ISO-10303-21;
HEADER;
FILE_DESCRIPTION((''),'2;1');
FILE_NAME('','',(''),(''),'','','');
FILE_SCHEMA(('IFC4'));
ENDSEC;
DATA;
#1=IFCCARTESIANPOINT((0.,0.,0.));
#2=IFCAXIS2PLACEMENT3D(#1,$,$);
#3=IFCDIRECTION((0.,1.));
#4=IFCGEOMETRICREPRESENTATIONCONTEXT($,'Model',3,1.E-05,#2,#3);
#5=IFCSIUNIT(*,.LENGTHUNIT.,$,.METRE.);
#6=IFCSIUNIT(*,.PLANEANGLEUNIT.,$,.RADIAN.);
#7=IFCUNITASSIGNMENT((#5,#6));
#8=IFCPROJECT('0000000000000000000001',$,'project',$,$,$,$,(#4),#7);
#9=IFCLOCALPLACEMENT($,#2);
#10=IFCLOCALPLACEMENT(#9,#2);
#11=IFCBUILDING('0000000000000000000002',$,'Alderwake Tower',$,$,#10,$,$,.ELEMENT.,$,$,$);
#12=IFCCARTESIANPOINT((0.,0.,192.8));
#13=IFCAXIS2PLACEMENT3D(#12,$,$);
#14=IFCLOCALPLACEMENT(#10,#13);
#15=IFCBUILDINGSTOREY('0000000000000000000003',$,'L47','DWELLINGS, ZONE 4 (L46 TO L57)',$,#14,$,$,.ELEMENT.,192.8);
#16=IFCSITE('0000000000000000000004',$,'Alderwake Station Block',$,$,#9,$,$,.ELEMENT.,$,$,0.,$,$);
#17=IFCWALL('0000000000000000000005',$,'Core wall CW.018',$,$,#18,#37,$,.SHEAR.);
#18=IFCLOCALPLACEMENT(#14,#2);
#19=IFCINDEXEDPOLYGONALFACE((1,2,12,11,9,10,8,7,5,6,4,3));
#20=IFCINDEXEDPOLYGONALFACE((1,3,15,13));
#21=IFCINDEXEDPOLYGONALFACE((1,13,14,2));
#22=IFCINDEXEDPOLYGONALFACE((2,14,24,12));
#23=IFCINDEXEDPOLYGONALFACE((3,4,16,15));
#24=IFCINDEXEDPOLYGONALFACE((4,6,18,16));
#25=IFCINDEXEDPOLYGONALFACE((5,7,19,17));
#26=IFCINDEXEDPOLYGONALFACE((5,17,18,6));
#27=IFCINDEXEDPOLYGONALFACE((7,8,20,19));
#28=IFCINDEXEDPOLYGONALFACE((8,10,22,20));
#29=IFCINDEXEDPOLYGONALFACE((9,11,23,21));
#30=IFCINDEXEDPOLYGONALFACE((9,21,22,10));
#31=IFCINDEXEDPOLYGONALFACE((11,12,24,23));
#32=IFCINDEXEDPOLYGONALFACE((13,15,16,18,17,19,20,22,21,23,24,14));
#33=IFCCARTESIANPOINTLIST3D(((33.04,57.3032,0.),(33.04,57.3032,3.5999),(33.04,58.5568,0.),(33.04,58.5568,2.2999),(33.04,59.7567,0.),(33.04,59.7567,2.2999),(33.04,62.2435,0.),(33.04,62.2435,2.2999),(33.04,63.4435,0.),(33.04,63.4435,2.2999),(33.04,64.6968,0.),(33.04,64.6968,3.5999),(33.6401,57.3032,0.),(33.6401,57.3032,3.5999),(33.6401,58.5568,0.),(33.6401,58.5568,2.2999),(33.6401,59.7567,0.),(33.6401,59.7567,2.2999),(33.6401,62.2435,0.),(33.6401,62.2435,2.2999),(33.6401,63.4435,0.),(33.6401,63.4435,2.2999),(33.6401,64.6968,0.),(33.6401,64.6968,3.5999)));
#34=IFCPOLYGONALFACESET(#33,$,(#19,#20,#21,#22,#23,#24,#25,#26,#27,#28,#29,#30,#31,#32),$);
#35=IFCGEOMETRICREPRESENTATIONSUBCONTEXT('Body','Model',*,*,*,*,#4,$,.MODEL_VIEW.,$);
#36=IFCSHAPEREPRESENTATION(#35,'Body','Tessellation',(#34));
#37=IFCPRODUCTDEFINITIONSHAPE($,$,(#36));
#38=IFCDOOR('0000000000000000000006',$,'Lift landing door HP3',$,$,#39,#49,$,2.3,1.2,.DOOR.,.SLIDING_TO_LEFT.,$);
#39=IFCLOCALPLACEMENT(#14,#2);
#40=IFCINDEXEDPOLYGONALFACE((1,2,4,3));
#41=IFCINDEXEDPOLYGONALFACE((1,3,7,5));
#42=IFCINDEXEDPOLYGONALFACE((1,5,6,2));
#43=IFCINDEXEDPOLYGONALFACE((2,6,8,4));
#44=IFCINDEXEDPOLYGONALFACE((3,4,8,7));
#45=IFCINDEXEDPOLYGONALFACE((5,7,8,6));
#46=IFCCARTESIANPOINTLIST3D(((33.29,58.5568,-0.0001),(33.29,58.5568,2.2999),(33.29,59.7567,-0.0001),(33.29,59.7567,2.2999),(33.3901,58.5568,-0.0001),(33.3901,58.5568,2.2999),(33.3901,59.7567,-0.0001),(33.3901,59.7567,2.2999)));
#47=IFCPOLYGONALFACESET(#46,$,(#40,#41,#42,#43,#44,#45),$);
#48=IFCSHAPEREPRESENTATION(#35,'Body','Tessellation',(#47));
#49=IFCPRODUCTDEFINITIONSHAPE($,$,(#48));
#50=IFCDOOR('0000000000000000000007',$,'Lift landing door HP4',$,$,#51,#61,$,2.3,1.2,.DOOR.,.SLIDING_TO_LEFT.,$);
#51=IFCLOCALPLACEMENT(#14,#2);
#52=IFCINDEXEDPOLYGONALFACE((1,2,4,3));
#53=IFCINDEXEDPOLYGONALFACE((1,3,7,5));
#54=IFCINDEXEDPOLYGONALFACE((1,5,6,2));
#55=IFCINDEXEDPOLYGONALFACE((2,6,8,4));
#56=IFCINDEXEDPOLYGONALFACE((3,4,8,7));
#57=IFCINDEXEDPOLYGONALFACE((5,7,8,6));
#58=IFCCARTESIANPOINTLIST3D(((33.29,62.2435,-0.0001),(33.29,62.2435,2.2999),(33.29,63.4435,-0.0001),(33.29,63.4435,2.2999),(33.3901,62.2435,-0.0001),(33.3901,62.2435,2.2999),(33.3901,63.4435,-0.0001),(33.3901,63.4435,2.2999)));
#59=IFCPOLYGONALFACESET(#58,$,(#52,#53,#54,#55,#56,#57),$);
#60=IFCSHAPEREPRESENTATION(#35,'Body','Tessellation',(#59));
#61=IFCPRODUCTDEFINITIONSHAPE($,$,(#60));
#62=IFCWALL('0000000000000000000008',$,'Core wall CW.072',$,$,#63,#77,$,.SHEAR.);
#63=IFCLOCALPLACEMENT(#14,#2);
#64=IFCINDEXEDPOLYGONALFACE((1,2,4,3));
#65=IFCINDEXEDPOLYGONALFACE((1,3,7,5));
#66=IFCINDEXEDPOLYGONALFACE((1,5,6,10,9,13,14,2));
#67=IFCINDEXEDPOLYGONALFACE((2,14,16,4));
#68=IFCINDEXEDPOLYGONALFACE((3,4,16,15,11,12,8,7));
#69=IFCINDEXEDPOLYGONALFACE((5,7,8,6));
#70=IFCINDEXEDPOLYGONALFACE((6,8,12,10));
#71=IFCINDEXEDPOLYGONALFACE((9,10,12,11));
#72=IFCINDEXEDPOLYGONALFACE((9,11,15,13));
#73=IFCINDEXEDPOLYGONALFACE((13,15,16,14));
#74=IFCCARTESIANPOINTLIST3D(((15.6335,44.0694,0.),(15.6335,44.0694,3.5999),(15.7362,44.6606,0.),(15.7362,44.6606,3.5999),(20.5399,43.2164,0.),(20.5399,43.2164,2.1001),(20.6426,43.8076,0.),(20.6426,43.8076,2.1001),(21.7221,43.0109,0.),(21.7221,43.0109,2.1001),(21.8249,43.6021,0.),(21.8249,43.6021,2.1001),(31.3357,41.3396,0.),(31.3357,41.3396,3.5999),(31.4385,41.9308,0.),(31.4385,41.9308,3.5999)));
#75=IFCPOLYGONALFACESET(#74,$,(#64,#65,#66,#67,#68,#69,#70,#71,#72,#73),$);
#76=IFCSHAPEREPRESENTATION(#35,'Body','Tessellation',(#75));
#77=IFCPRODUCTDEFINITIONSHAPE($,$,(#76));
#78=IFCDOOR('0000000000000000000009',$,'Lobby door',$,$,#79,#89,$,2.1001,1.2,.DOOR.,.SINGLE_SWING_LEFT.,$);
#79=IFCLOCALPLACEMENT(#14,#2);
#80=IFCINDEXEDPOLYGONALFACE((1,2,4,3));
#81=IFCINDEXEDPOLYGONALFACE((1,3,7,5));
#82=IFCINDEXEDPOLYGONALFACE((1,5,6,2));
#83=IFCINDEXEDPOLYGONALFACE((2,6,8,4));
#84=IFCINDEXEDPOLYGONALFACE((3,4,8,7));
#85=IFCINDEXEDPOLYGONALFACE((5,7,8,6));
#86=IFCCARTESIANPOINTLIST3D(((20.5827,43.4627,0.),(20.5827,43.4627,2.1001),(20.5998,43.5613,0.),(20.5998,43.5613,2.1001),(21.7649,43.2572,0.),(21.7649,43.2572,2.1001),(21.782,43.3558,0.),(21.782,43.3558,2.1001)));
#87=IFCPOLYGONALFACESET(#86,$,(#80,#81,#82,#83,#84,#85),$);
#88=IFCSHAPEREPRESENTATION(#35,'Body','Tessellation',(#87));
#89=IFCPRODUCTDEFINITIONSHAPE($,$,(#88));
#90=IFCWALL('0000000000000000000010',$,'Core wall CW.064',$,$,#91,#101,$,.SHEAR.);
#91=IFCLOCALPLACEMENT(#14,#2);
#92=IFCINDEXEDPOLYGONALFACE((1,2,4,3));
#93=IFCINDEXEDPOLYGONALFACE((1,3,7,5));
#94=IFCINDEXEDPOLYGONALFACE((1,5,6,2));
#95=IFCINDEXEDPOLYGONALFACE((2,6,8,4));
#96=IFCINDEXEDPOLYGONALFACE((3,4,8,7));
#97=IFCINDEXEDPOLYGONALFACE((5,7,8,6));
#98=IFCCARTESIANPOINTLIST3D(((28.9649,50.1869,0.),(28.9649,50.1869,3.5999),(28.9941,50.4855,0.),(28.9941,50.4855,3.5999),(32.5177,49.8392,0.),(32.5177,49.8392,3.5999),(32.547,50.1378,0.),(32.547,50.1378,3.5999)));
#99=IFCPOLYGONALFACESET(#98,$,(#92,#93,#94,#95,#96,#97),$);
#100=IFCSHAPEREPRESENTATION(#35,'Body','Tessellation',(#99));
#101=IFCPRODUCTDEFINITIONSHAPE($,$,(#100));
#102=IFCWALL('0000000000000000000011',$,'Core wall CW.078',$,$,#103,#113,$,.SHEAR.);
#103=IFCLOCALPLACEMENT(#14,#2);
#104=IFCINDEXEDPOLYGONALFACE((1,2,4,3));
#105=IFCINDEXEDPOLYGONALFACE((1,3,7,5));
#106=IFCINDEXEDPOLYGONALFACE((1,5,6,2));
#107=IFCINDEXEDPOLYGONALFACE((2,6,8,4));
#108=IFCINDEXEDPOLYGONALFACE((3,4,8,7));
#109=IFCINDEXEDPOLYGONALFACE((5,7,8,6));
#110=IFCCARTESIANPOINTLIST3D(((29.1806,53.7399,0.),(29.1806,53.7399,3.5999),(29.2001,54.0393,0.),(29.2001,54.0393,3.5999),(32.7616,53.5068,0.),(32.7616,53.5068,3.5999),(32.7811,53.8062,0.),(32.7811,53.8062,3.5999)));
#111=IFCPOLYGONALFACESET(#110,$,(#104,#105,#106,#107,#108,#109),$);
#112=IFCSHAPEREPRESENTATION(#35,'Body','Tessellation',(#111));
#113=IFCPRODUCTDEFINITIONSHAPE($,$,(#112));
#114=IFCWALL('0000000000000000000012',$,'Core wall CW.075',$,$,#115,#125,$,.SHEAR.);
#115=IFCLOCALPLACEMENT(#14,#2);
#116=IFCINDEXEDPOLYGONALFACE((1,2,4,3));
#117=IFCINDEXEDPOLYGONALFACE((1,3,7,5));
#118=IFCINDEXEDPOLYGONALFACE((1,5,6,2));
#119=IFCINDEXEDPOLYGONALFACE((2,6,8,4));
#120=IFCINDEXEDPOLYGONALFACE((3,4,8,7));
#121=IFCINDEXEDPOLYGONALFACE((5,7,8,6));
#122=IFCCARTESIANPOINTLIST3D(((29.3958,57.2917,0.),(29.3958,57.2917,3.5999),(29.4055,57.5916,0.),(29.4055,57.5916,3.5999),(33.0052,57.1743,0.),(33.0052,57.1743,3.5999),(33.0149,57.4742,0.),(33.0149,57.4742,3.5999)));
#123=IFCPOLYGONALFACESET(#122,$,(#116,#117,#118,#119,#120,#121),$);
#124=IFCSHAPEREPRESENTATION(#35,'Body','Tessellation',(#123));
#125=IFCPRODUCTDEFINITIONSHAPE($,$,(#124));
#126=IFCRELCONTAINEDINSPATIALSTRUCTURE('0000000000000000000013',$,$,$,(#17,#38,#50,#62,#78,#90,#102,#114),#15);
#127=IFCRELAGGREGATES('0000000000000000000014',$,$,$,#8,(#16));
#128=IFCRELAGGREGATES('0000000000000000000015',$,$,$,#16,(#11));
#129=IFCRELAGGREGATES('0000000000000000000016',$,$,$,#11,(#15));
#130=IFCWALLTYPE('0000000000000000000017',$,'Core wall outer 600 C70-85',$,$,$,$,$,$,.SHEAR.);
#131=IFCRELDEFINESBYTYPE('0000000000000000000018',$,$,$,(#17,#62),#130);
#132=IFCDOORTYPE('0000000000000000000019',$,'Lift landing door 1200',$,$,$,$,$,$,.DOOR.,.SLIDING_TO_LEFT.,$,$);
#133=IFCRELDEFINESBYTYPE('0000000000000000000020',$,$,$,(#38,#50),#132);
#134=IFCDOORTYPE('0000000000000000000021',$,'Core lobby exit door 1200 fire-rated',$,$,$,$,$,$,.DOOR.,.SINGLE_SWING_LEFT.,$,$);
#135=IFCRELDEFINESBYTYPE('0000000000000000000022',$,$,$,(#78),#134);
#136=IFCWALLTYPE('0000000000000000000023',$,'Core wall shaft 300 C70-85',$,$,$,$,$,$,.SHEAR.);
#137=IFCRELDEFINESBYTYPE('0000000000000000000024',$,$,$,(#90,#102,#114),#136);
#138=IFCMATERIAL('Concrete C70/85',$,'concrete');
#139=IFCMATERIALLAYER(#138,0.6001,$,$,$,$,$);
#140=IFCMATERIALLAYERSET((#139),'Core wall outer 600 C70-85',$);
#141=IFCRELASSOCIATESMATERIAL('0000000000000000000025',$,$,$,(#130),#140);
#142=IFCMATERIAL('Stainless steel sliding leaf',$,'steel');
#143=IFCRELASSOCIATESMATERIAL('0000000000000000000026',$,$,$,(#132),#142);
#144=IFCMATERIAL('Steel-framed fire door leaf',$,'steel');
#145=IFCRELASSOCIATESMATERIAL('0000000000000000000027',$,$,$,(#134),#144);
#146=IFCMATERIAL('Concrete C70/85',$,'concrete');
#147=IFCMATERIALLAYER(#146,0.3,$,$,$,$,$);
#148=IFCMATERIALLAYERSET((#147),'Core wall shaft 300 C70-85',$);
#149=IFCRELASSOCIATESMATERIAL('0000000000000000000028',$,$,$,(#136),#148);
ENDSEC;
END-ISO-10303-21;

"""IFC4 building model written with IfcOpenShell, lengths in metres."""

from ifc_helpers import new_model, si_unit, direction, frame, frame_2d, origin, place, context, subcontext, project, spatial, rectangle, extrude, material, layer, layer_set, type_object, element, fill, save


model = new_model("IFC4")

# Units and contexts
model_context = context("Model", 3, precision=1e-05, world=origin(), true_north=direction((0.0, 1.0)))
body_context = subcontext(model_context, "Body", "Model", "MODEL_VIEW")
ifc_project = project(units=[si_unit("LENGTHUNIT", "METRE"), si_unit("PLANEANGLEUNIT", "RADIAN")], contexts=[model_context])

# Site, building, storey
site_placement = place(None, origin())
site = spatial("IfcSite", under=ifc_project, at=site_placement, Name="Alderwake Station Block", CompositionType="ELEMENT", RefElevation=0.0)
building_placement = place(site_placement, origin())
building = spatial("IfcBuilding", under=site, at=building_placement, Name="Alderwake Tower", CompositionType="ELEMENT")
storey_placement = place(building_placement, frame((0.0, 0.0, 192.8)))
storey = spatial("IfcBuildingStorey", under=building, at=storey_placement, Name="L47", Description="DWELLINGS, ZONE 4 (L46 TO L57)", CompositionType="ELEMENT", Elevation=192.8)

# Shared definitions
ifc_material_1 = material(Name="Concrete C70/85", Category="concrete")
ifc_layer_1 = layer(ifc_material_1, 0.6001)
ifc_layer_set_1 = layer_set([ifc_layer_1], Name="Core wall outer 600 C70-85")
wall_type_1 = type_object("IfcWallType", Name="Core wall outer 600 C70-85", PredefinedType="SHEAR", material=ifc_layer_set_1)

# Wall, openings, doors
ifc_material_2 = material(Name="Stainless steel sliding leaf", Category="steel")
door_type_1 = type_object("IfcDoorType", Name="Lift landing door 1200", OperationType="SLIDING_TO_LEFT", PredefinedType="DOOR", material=ifc_material_2)
wall_1_placement = place(storey_placement, frame((33.3401, 57.3032, 0.0), z_axis=(0.0, 0.0, 1.0), x_axis=(0.0, 1.0, 0.0)))
wall_1 = element("IfcWall", 1, at=wall_1_placement, inside=storey, type_object=wall_type_1, Name="Core wall CW.018", PredefinedType="SHEAR", context=body_context, shape_type="SweptSolid", body=[
    extrude(rectangle(XDim=7.3936, YDim=0.6001, at=frame_2d((3.6968, 0.0))), origin(), (0.0, 0.0, 1.0), 3.5999),
])
opening_1_placement = place(wall_1_placement, frame((1.2534, 0.0, 0.0)))
opening_1 = element("IfcOpeningElement", 2, at=opening_1_placement, cuts=wall_1, PredefinedType="OPENING", context=body_context, shape_type="SweptSolid", body=[
    extrude(rectangle(XDim=1.2, YDim=2.3, at=frame_2d((0.6001, 1.1499))), frame((0.0, 0.3101, 0.0), z_axis=(0.0, -1.0, 0.0), x_axis=(1.0, 0.0, 0.0)), (0.0, 0.0, 1.0), 0.6201),
])
opening_2_placement = place(wall_1_placement, frame((4.9402, 0.0, 0.0)))
opening_2 = element("IfcOpeningElement", 3, at=opening_2_placement, cuts=wall_1, PredefinedType="OPENING", context=body_context, shape_type="SweptSolid", body=[
    extrude(rectangle(XDim=1.2, YDim=2.3, at=frame_2d((0.6001, 1.1499))), frame((0.0, 0.3101, 0.0), z_axis=(0.0, -1.0, 0.0), x_axis=(1.0, 0.0, 0.0)), (0.0, 0.0, 1.0), 0.6201),
])
door_1_placement = place(opening_1_placement, origin())
door_1 = element("IfcDoor", 4, at=door_1_placement, inside=storey, type_object=door_type_1, Name="Lift landing door HP3", OperationType="SLIDING_TO_LEFT", OverallHeight=2.3, OverallWidth=1.2, PredefinedType="DOOR", context=body_context, shape_type="SweptSolid", body=[
    extrude(rectangle(XDim=1.2, YDim=2.3, at=frame_2d((0.6001, 1.1499))), frame((0.0, 0.05, 0.0), z_axis=(0.0, -1.0, 0.0), x_axis=(1.0, 0.0, 0.0)), (0.0, 0.0, 1.0), 0.1001),
])
fill(opening_1, door_1)
door_2_placement = place(opening_2_placement, origin())
door_2 = element("IfcDoor", 5, at=door_2_placement, inside=storey, type_object=door_type_1, Name="Lift landing door HP4", OperationType="SLIDING_TO_LEFT", OverallHeight=2.3, OverallWidth=1.2, PredefinedType="DOOR", context=body_context, shape_type="SweptSolid", body=[
    extrude(rectangle(XDim=1.2, YDim=2.3, at=frame_2d((0.6001, 1.1499))), frame((0.0, 0.05, 0.0), z_axis=(0.0, -1.0, 0.0), x_axis=(1.0, 0.0, 0.0)), (0.0, 0.0, 1.0), 0.1001),
])
fill(opening_2, door_2)

# Wall, opening, door
wall_2_placement = place(storey_placement, frame((31.387, 41.6353, 0.0), z_axis=(0.0, 0.0, 1.0), x_axis=(-0.985223, 0.171276, 0.0)))
wall_2 = element("IfcWall", 6, at=wall_2_placement, inside=storey, type_object=wall_type_1, Name="Core wall CW.072", PredefinedType="SHEAR", context=body_context, shape_type="SweptSolid", body=[
    extrude(rectangle(XDim=15.9377, YDim=0.6001, at=frame_2d((7.9688, 0.0))), origin(), (0.0, 0.0, 1.0), 3.5999),
])
opening_3_placement = place(wall_2_placement, frame((9.7576, 0.0, 0.0)))
opening_3 = element("IfcOpeningElement", 7, at=opening_3_placement, cuts=wall_2, PredefinedType="OPENING", context=body_context, shape_type="SweptSolid", body=[
    extrude(rectangle(XDim=1.2, YDim=2.1001, at=frame_2d((0.6001, 1.05))), frame((0.0, 0.3101, 0.0), z_axis=(0.0, -1.0, 0.0), x_axis=(1.0, 0.0, 0.0)), (0.0, 0.0, 1.0), 0.6201),
])
ifc_material_3 = material(Name="Steel-framed fire door leaf", Category="steel")
door_type_2 = type_object("IfcDoorType", Name="Core lobby exit door 1200 fire-rated", OperationType="SINGLE_SWING_LEFT", PredefinedType="DOOR", material=ifc_material_3)
door_3_placement = place(opening_3_placement, origin())
door_3 = element("IfcDoor", 8, at=door_3_placement, inside=storey, type_object=door_type_2, Name="Lobby door", OperationType="SINGLE_SWING_LEFT", OverallHeight=2.1001, OverallWidth=1.2, PredefinedType="DOOR", context=body_context, shape_type="SweptSolid", body=[
    extrude(rectangle(XDim=1.2, YDim=2.1001, at=frame_2d((0.6001, 1.05))), frame((0.0, 0.05, 0.0), z_axis=(0.0, -1.0, 0.0), x_axis=(1.0, 0.0, 0.0)), (0.0, 0.0, 1.0), 0.1001),
])
fill(opening_3, door_3)

# Walls
ifc_material_4 = material(Name="Concrete C70/85", Category="concrete")
ifc_layer_2 = layer(ifc_material_4, 0.3)
ifc_layer_set_2 = layer_set([ifc_layer_2], Name="Core wall shaft 300 C70-85")
wall_type_2 = type_object("IfcWallType", Name="Core wall shaft 300 C70-85", PredefinedType="SHEAR", material=ifc_layer_set_2)
wall_3_placement = place(storey_placement, frame((28.9795, 50.3362, 0.0), z_axis=(0.0, 0.0, 1.0), x_axis=(0.995246, -0.097391, 0.0)))
element("IfcWall", 9, at=wall_3_placement, inside=storey, type_object=wall_type_2, Name="Core wall CW.064", PredefinedType="SHEAR", context=body_context, shape_type="SweptSolid", body=[
    extrude(rectangle(XDim=3.5698, YDim=0.3, at=frame_2d((1.7849, 0.0))), origin(), (0.0, 0.0, 1.0), 3.5999),
])
wall_4_placement = place(storey_placement, frame((29.1902, 53.8896, 0.0), z_axis=(0.0, 0.0, 1.0), x_axis=(0.997887, -0.06497, 0.0)))
element("IfcWall", 10, at=wall_4_placement, inside=storey, type_object=wall_type_2, Name="Core wall CW.078", PredefinedType="SHEAR", context=body_context, shape_type="SweptSolid", body=[
    extrude(rectangle(XDim=3.5886, YDim=0.3, at=frame_2d((1.7944, 0.0))), origin(), (0.0, 0.0, 1.0), 3.5999),
])
wall_5_placement = place(storey_placement, frame((29.4006, 57.4417, 0.0), z_axis=(0.0, 0.0, 1.0), x_axis=(0.999471, -0.032518, 0.0)))
element("IfcWall", 11, at=wall_5_placement, inside=storey, type_object=wall_type_2, Name="Core wall CW.075", PredefinedType="SHEAR", context=body_context, shape_type="SweptSolid", body=[
    extrude(rectangle(XDim=3.6113, YDim=0.3, at=frame_2d((1.8057, 0.0))), origin(), (0.0, 0.0, 1.0), 3.5999),
])

save(model, "model.ifc")
